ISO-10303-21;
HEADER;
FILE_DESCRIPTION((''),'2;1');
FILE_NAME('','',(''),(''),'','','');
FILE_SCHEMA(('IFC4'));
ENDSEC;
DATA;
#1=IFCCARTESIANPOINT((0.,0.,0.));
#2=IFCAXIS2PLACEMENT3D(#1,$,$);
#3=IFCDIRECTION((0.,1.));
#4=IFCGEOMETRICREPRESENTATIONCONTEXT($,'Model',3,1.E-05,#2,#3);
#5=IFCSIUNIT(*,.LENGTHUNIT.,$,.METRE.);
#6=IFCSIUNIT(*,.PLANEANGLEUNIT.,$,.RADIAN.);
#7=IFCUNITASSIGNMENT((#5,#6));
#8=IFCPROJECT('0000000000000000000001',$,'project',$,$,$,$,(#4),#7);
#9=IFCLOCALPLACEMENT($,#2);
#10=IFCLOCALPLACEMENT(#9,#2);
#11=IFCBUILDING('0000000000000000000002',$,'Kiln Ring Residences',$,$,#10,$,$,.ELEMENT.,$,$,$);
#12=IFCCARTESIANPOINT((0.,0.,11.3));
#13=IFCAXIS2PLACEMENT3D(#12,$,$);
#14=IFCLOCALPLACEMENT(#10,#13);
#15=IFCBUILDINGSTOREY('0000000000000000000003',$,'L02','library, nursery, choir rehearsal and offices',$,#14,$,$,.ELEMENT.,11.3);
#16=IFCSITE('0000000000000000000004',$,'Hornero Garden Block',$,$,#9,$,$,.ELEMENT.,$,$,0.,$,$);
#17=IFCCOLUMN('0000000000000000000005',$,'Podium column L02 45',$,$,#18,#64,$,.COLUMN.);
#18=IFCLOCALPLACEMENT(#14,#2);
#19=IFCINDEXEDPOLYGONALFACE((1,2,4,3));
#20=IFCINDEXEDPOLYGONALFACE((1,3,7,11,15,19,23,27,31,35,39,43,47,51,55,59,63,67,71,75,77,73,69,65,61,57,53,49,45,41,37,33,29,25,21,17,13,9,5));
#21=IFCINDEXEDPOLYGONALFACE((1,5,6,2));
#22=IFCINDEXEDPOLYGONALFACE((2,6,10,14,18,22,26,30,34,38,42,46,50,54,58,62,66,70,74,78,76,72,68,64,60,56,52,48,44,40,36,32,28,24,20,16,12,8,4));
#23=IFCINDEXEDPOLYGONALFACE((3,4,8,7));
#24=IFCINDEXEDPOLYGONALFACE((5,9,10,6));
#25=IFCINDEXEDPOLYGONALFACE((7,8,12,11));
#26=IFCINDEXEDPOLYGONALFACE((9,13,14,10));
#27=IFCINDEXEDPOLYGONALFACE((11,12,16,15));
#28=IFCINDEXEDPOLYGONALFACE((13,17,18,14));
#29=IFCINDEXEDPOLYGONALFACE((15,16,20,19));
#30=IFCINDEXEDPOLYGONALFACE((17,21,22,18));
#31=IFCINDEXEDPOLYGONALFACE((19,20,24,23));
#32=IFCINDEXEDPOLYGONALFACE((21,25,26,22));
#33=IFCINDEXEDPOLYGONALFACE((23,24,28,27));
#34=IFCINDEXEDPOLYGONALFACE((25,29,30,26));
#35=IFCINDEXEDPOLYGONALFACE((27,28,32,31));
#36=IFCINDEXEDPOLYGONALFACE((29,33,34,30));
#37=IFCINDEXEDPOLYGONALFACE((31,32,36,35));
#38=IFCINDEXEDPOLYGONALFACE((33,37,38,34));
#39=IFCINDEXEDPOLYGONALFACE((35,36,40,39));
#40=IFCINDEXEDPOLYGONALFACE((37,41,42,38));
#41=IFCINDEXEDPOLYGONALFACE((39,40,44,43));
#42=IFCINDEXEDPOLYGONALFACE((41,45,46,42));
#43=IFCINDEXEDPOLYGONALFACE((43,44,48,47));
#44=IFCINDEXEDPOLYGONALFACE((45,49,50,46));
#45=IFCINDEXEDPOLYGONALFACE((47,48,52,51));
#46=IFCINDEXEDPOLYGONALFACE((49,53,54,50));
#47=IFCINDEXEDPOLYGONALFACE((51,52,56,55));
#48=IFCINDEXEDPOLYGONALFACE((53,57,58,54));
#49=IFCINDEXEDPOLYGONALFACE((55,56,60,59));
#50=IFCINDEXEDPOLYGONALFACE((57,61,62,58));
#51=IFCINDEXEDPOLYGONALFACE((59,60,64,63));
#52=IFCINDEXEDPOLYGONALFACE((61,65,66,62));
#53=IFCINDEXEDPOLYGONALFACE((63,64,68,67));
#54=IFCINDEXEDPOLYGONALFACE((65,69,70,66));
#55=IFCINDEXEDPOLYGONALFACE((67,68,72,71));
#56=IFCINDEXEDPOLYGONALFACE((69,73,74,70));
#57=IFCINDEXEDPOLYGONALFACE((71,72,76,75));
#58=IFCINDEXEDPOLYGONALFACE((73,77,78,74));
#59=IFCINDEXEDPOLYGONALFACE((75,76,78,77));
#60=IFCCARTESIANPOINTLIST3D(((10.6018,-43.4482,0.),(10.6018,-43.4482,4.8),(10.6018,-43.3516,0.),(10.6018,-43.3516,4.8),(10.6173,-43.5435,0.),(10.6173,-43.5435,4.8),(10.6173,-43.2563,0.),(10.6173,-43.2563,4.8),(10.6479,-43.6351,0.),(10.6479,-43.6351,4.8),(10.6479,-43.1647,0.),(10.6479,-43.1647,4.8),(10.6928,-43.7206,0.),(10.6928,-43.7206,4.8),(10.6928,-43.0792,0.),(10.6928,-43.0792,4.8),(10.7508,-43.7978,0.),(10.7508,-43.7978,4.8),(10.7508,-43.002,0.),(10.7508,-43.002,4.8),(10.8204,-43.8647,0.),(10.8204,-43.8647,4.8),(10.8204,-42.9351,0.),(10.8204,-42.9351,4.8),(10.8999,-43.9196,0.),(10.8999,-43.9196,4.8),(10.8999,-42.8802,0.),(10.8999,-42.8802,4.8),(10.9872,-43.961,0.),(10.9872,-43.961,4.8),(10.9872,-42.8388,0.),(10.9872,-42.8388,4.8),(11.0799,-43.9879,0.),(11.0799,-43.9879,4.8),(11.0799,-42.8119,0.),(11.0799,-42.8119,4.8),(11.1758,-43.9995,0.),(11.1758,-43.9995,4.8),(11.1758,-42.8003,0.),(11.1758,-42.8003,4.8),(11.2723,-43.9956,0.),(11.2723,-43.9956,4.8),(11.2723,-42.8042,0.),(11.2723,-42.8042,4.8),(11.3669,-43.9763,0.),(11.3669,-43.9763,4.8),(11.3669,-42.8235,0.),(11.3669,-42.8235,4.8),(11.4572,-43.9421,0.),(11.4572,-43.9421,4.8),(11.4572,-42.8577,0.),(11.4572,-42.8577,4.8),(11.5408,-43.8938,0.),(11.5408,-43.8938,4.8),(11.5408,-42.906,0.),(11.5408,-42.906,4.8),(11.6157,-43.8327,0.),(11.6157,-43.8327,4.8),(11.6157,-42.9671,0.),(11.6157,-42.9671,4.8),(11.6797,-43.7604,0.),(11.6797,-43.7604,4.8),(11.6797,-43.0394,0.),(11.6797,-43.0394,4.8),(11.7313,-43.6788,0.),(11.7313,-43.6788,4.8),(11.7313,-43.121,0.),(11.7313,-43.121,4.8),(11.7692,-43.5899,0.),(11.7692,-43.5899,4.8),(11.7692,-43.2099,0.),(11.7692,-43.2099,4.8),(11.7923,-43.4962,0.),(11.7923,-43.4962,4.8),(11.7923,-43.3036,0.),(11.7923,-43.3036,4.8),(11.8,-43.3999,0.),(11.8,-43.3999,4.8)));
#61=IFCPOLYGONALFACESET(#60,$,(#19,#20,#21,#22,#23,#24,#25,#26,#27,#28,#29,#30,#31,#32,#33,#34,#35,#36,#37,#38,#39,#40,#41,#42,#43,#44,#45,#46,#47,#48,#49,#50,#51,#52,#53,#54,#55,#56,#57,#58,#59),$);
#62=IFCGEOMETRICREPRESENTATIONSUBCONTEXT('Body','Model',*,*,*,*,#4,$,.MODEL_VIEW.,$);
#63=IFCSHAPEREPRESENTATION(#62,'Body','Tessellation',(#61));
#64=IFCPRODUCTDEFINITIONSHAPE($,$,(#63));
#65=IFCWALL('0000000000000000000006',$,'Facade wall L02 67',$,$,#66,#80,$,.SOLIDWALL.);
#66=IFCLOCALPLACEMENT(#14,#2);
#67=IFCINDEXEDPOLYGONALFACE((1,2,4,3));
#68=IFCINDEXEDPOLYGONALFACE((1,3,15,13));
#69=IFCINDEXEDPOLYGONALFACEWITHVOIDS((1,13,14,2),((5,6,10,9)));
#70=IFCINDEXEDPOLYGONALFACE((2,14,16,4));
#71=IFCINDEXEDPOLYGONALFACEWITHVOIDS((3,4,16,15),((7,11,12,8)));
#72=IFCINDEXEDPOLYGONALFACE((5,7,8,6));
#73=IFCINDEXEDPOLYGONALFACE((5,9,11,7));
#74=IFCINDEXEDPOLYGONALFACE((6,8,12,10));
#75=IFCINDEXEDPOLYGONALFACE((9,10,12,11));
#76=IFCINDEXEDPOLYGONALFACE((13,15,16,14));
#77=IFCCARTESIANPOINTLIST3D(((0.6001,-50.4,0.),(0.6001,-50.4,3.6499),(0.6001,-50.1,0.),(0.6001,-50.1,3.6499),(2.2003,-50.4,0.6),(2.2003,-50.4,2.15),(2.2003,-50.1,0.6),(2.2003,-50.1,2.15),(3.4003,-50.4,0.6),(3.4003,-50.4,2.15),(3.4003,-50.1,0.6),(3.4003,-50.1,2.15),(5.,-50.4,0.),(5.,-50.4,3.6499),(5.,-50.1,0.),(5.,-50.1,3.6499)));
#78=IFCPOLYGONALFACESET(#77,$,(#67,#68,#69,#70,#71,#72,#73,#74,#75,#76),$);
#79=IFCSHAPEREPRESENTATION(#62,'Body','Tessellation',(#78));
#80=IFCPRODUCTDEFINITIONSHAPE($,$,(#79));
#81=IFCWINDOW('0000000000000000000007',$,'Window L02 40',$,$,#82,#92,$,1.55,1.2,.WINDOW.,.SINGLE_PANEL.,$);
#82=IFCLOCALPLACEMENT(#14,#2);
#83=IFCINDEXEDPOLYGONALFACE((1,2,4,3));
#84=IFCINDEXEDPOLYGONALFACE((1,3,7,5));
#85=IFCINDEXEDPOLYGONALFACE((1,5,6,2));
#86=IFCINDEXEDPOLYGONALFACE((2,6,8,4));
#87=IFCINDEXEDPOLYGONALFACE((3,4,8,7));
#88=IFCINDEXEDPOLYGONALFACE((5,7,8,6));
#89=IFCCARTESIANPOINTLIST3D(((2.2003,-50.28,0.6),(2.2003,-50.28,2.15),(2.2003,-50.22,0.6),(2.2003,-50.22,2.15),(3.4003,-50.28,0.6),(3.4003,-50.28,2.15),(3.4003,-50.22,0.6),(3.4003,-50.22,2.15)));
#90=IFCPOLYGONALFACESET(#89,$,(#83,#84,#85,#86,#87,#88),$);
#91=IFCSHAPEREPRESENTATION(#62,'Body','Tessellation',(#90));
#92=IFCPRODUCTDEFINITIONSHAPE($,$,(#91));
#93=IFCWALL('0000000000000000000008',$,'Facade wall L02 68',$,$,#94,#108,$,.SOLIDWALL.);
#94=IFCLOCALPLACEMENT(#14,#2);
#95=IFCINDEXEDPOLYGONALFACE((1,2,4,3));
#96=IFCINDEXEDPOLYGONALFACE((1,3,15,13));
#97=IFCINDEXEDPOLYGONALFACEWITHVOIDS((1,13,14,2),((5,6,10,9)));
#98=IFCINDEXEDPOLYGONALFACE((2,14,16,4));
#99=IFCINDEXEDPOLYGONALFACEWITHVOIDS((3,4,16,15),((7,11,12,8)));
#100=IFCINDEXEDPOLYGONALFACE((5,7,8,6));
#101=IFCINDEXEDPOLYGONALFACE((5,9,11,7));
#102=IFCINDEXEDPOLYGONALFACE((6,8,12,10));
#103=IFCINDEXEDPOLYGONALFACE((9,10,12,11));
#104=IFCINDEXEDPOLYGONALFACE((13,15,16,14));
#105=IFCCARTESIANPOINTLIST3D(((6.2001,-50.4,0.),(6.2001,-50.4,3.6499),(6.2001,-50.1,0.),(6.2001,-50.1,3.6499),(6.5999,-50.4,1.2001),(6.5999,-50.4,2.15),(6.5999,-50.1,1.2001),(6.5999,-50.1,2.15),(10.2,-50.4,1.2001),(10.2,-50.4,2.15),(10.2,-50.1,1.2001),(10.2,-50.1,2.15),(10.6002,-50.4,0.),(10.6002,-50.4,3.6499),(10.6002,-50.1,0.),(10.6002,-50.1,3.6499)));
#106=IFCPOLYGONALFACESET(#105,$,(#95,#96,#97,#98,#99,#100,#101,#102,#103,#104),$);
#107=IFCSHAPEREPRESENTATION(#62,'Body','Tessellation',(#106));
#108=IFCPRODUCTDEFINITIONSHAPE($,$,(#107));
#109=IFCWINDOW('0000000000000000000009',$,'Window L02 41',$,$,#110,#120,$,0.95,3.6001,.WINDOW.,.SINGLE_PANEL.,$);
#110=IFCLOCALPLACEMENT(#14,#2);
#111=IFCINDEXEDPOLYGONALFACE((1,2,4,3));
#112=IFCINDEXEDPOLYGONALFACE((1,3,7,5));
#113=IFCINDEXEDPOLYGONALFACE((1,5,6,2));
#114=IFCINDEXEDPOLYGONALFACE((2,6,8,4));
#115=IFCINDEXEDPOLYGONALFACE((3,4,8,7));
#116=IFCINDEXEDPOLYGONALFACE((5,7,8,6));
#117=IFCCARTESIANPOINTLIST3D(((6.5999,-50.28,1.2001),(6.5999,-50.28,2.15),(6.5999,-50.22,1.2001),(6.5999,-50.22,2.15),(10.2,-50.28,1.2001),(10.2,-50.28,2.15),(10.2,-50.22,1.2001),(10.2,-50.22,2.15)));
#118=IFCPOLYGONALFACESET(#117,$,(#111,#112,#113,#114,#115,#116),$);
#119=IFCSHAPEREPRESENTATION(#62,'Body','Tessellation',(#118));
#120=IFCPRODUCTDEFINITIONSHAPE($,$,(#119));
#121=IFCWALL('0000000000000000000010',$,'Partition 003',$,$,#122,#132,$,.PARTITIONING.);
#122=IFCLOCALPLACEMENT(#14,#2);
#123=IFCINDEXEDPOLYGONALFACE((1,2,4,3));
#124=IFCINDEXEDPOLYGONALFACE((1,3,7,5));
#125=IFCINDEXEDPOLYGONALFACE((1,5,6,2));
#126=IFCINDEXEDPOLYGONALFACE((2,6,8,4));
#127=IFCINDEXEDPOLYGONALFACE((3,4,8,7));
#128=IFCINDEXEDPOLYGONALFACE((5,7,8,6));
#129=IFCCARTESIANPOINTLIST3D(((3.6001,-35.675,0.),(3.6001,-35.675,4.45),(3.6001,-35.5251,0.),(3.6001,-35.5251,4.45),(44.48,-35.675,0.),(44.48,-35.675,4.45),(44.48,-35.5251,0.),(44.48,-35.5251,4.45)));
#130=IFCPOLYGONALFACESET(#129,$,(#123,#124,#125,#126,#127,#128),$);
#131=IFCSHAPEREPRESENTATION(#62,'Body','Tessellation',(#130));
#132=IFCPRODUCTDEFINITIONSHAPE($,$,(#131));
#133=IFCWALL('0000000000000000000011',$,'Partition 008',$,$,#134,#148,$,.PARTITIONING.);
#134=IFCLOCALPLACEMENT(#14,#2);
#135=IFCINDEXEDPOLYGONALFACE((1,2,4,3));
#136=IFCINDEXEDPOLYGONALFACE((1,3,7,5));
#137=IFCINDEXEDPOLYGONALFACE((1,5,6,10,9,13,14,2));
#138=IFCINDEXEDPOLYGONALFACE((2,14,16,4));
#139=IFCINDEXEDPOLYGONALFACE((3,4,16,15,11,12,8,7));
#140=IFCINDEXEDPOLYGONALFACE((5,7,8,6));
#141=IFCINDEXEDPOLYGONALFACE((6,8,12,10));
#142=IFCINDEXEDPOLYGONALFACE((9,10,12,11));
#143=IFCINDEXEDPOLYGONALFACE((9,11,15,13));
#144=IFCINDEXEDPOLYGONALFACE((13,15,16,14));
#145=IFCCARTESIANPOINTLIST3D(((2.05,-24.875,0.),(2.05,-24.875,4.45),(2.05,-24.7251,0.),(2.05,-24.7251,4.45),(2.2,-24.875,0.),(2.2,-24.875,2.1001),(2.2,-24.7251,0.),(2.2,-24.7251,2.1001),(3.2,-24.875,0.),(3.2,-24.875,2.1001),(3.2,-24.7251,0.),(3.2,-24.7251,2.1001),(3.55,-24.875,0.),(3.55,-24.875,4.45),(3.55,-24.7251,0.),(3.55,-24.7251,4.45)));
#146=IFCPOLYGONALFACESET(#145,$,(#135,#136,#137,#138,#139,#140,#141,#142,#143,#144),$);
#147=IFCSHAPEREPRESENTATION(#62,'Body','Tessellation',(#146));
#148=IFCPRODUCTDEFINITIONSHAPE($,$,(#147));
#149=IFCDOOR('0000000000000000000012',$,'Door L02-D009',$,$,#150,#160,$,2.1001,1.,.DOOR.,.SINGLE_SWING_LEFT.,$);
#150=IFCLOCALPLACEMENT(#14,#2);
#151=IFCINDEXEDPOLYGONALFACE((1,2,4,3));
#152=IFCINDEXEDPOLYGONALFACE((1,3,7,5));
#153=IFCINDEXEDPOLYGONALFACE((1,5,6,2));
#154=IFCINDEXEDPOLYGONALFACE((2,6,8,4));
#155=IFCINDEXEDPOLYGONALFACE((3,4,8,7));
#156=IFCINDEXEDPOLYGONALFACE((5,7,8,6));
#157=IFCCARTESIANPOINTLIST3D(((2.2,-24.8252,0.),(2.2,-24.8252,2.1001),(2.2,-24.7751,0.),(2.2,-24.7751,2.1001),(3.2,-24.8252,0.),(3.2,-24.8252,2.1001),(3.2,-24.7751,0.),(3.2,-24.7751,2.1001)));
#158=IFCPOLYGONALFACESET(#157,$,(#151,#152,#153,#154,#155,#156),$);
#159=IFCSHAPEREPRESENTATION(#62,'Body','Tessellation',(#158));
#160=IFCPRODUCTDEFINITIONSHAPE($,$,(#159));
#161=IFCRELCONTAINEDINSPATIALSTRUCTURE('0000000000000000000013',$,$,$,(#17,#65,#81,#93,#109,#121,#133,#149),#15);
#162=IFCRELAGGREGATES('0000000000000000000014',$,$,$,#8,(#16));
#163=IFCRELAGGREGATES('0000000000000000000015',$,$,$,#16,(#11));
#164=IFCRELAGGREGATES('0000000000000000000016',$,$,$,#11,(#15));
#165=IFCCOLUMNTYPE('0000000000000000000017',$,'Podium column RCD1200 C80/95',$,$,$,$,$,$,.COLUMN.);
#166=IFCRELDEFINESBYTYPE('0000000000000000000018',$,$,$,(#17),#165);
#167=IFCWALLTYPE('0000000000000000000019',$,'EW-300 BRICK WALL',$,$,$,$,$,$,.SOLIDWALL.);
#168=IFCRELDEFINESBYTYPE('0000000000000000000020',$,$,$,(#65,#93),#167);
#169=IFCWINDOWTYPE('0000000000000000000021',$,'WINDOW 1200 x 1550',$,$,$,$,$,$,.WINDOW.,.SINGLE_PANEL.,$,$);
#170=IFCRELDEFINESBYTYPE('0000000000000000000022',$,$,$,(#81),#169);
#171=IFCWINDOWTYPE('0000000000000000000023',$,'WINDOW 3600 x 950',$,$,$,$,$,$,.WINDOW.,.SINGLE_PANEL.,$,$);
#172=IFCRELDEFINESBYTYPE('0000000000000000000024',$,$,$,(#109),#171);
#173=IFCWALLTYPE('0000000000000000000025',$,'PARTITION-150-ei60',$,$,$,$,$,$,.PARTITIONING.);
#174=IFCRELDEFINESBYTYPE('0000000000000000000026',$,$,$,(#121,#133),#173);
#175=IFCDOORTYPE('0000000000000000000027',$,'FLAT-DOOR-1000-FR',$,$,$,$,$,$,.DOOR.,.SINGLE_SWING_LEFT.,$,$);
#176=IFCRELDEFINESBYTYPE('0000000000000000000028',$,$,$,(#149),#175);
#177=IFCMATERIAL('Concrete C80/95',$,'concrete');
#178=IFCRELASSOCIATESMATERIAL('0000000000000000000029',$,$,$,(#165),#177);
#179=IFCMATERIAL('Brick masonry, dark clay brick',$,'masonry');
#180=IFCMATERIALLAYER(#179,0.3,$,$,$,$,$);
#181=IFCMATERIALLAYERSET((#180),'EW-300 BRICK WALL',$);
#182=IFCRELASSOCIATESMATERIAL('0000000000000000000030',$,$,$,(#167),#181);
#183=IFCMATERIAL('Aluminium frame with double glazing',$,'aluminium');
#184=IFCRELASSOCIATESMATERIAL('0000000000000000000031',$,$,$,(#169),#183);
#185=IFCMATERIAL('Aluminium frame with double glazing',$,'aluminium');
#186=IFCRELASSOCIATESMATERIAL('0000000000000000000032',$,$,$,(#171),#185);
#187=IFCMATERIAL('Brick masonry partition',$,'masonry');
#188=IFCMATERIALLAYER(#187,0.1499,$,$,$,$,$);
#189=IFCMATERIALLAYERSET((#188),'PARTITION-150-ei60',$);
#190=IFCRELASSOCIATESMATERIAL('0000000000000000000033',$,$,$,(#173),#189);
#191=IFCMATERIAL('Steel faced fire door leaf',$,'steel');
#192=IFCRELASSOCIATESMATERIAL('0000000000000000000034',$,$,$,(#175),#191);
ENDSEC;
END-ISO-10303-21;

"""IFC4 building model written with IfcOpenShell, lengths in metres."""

from ifc_helpers import new_model, si_unit, direction, frame, frame_2d, origin, origin_2d, place, context, subcontext, project, spatial, rectangle, circle, extrude, material, layer, layer_set, material_profile, profile_set, type_object, element, fill, save


model = new_model("IFC4")

# Units and contexts
model_context = context("Model", 3, precision=1e-05, world=origin(), true_north=direction((0.0, 1.0)))
body_context = subcontext(model_context, "Body", "Model", "MODEL_VIEW")
ifc_project = project(units=[si_unit("LENGTHUNIT", "METRE"), si_unit("PLANEANGLEUNIT", "RADIAN")], contexts=[model_context])

# Site, building, storey
site_placement = place(None, origin())
site = spatial("IfcSite", under=ifc_project, at=site_placement, Name="Hornero Garden Block", CompositionType="ELEMENT", RefElevation=0.0)
building_placement = place(site_placement, origin())
building = spatial("IfcBuilding", under=site, at=building_placement, Name="Kiln Ring Residences", CompositionType="ELEMENT")
storey_placement = place(building_placement, frame((0.0, 0.0, 11.3)))
storey = spatial("IfcBuildingStorey", under=building, at=storey_placement, Name="L02", Description="library, nursery, choir rehearsal and offices", CompositionType="ELEMENT", Elevation=11.3)

# Column
ifc_material_1 = material(Name="Concrete C80/95", Category="concrete")
ifc_material_profile_1 = material_profile(ifc_material_1, circle(Radius=0.6001, at=origin_2d()), Name="RCD1200")
ifc_profile_set_1 = profile_set([ifc_material_profile_1], Name="Concrete C80/95")
column_type_1 = type_object("IfcColumnType", Name="Podium column RCD1200 C80/95", PredefinedType="COLUMN", material=ifc_profile_set_1)
for number, where, z_axis, x_axis, name in (
    (1, (11.2, -43.3999, 0.0), (0.0, 0.0, 1.0), (1.0, 0.0, 0.0), "Podium column L02 45"),
):
    element("IfcColumn", number, at=place(storey_placement, frame(where, z_axis=z_axis, x_axis=x_axis)), inside=storey, type_object=column_type_1, Name=name, PredefinedType="COLUMN", context=body_context, shape_type="SweptSolid", body=[
        extrude(circle(Radius=0.6001, at=origin_2d()), origin(), (0.0, 0.0, 1.0), 4.8),
    ])

# Walls, openings, windows
ifc_material_2 = material(Name="Brick masonry, dark clay brick", Category="masonry")
ifc_layer_1 = layer(ifc_material_2, 0.3)
ifc_layer_set_1 = layer_set([ifc_layer_1], Name="EW-300 BRICK WALL")
wall_type_1 = type_object("IfcWallType", Name="EW-300 BRICK WALL", PredefinedType="SOLIDWALL", material=ifc_layer_set_1)
wall_1_placement = place(storey_placement, frame((0.6001, -50.25, 0.0), z_axis=(0.0, 0.0, 1.0), x_axis=(1.0, 0.0, 0.0)))
wall_1 = element("IfcWall", 2, at=wall_1_placement, inside=storey, type_object=wall_type_1, Name="Facade wall L02 67", PredefinedType="SOLIDWALL", context=body_context, shape_type="SweptSolid", body=[
    extrude(rectangle(XDim=4.3999, YDim=0.3, at=frame_2d((2.2, 0.0))), origin(), (0.0, 0.0, 1.0), 3.6499),
])
opening_1_placement = place(wall_1_placement, frame((1.6001, 0.0, 0.6001)))
opening_1 = element("IfcOpeningElement", 3, at=opening_1_placement, cuts=wall_1, PredefinedType="OPENING", context=body_context, shape_type="SweptSolid", body=[
    extrude(rectangle(XDim=1.2, YDim=1.55, at=frame_2d((0.6001, 0.7749))), frame((0.0, 0.1599, 0.0), z_axis=(0.0, -1.0, 0.0), x_axis=(1.0, 0.0, 0.0)), (0.0, 0.0, 1.0), 0.3201),
])
ifc_material_3 = material(Name="Aluminium frame with double glazing", Category="aluminium")
window_type_1 = type_object("IfcWindowType", Name="WINDOW 1200 x 1550", PartitioningType="SINGLE_PANEL", PredefinedType="WINDOW", material=ifc_material_3)
window_1_placement = place(opening_1_placement, origin())
window_1 = element("IfcWindow", 4, at=window_1_placement, inside=storey, type_object=window_type_1, Name="Window L02 40", OverallHeight=1.55, OverallWidth=1.2, PartitioningType="SINGLE_PANEL", PredefinedType="WINDOW", context=body_context, shape_type="SweptSolid", body=[
    extrude(rectangle(XDim=1.2, YDim=1.55, at=frame_2d((0.6001, 0.7749))), frame((0.0, 0.03, 0.0), z_axis=(0.0, -1.0, 0.0), x_axis=(1.0, 0.0, 0.0)), (0.0, 0.0, 1.0), 0.0601),
])
fill(opening_1, window_1)
wall_2_placement = place(storey_placement, frame((6.2, -50.25, 0.0), z_axis=(0.0, 0.0, 1.0), x_axis=(1.0, 0.0, 0.0)))
wall_2 = element("IfcWall", 5, at=wall_2_placement, inside=storey, type_object=wall_type_1, Name="Facade wall L02 68", PredefinedType="SOLIDWALL", context=body_context, shape_type="SweptSolid", body=[
    extrude(rectangle(XDim=4.4001, YDim=0.3, at=frame_2d((2.2002, 0.0))), origin(), (0.0, 0.0, 1.0), 3.6499),
])
opening_2_placement = place(wall_2_placement, frame((0.3999, 0.0, 1.2)))
opening_2 = element("IfcOpeningElement", 6, at=opening_2_placement, cuts=wall_2, PredefinedType="OPENING", context=body_context, shape_type="SweptSolid", body=[
    extrude(rectangle(XDim=3.6001, YDim=0.95, at=frame_2d((1.8, 0.4751))), frame((0.0, 0.1599, 0.0), z_axis=(0.0, -1.0, 0.0), x_axis=(1.0, 0.0, 0.0)), (0.0, 0.0, 1.0), 0.3201),
])
ifc_material_4 = material(Name="Aluminium frame with double glazing", Category="aluminium")
window_type_2 = type_object("IfcWindowType", Name="WINDOW 3600 x 950", PartitioningType="SINGLE_PANEL", PredefinedType="WINDOW", material=ifc_material_4)
window_2_placement = place(opening_2_placement, origin())
window_2 = element("IfcWindow", 7, at=window_2_placement, inside=storey, type_object=window_type_2, Name="Window L02 41", OverallHeight=0.95, OverallWidth=3.6001, PartitioningType="SINGLE_PANEL", PredefinedType="WINDOW", context=body_context, shape_type="SweptSolid", body=[
    extrude(rectangle(XDim=3.6001, YDim=0.95, at=frame_2d((1.8, 0.4751))), frame((0.0, 0.03, 0.0), z_axis=(0.0, -1.0, 0.0), x_axis=(1.0, 0.0, 0.0)), (0.0, 0.0, 1.0), 0.0601),
])
fill(opening_2, window_2)

# Wall
ifc_material_5 = material(Name="Brick masonry partition", Category="masonry")
ifc_layer_2 = layer(ifc_material_5, 0.1499)
ifc_layer_set_2 = layer_set([ifc_layer_2], Name="PARTITION-150-ei60")
wall_type_2 = type_object("IfcWallType", Name="PARTITION-150-ei60", PredefinedType="PARTITIONING", material=ifc_layer_set_2)
wall_3_placement = place(storey_placement, frame((3.6001, -35.6001, 0.0), z_axis=(0.0, 0.0, 1.0), x_axis=(1.0, 0.0, 0.0)))
element("IfcWall", 8, at=wall_3_placement, inside=storey, type_object=wall_type_2, Name="Partition 003", PredefinedType="PARTITIONING", context=body_context, shape_type="SweptSolid", body=[
    extrude(rectangle(XDim=40.8799, YDim=0.1499, at=frame_2d((20.4399, 0.0))), origin(), (0.0, 0.0, 1.0), 4.45),
])

# Wall, opening, door
wall_4_placement = place(storey_placement, frame((2.05, -24.8, 0.0), z_axis=(0.0, 0.0, 1.0), x_axis=(1.0, 0.0, 0.0)))
wall_4 = element("IfcWall", 9, at=wall_4_placement, inside=storey, type_object=wall_type_2, Name="Partition 008", PredefinedType="PARTITIONING", context=body_context, shape_type="SweptSolid", body=[
    extrude(rectangle(XDim=1.5, YDim=0.1499, at=frame_2d((0.75, 0.0))), origin(), (0.0, 0.0, 1.0), 4.45),
])
opening_3_placement = place(wall_4_placement, frame((0.1499, 0.0, 0.0)))
opening_3 = element("IfcOpeningElement", 10, at=opening_3_placement, cuts=wall_4, PredefinedType="OPENING", context=body_context, shape_type="SweptSolid", body=[
    extrude(rectangle(XDim=1.0, YDim=2.1001, at=frame_2d((0.5, 1.05))), frame((0.0, 0.085, 0.0), z_axis=(0.0, -1.0, 0.0), x_axis=(1.0, 0.0, 0.0)), (0.0, 0.0, 1.0), 0.1699),
])
ifc_material_6 = material(Name="Steel faced fire door leaf", Category="steel")
door_type = type_object("IfcDoorType", Name="FLAT-DOOR-1000-FR", OperationType="SINGLE_SWING_LEFT", PredefinedType="DOOR", material=ifc_material_6)
door_1_placement = place(opening_3_placement, origin())
door_1 = element("IfcDoor", 11, at=door_1_placement, inside=storey, type_object=door_type, Name="Door L02-D009", OperationType="SINGLE_SWING_LEFT", OverallHeight=2.1001, OverallWidth=1.0, PredefinedType="DOOR", context=body_context, shape_type="SweptSolid", body=[
    extrude(rectangle(XDim=1.0, YDim=2.1001, at=frame_2d((0.5, 1.05))), frame((0.0, 0.0249, 0.0), z_axis=(0.0, -1.0, 0.0), x_axis=(1.0, 0.0, 0.0)), (0.0, 0.0, 1.0), 0.05),
])
fill(opening_3, door_1)

save(model, "model.ifc")
